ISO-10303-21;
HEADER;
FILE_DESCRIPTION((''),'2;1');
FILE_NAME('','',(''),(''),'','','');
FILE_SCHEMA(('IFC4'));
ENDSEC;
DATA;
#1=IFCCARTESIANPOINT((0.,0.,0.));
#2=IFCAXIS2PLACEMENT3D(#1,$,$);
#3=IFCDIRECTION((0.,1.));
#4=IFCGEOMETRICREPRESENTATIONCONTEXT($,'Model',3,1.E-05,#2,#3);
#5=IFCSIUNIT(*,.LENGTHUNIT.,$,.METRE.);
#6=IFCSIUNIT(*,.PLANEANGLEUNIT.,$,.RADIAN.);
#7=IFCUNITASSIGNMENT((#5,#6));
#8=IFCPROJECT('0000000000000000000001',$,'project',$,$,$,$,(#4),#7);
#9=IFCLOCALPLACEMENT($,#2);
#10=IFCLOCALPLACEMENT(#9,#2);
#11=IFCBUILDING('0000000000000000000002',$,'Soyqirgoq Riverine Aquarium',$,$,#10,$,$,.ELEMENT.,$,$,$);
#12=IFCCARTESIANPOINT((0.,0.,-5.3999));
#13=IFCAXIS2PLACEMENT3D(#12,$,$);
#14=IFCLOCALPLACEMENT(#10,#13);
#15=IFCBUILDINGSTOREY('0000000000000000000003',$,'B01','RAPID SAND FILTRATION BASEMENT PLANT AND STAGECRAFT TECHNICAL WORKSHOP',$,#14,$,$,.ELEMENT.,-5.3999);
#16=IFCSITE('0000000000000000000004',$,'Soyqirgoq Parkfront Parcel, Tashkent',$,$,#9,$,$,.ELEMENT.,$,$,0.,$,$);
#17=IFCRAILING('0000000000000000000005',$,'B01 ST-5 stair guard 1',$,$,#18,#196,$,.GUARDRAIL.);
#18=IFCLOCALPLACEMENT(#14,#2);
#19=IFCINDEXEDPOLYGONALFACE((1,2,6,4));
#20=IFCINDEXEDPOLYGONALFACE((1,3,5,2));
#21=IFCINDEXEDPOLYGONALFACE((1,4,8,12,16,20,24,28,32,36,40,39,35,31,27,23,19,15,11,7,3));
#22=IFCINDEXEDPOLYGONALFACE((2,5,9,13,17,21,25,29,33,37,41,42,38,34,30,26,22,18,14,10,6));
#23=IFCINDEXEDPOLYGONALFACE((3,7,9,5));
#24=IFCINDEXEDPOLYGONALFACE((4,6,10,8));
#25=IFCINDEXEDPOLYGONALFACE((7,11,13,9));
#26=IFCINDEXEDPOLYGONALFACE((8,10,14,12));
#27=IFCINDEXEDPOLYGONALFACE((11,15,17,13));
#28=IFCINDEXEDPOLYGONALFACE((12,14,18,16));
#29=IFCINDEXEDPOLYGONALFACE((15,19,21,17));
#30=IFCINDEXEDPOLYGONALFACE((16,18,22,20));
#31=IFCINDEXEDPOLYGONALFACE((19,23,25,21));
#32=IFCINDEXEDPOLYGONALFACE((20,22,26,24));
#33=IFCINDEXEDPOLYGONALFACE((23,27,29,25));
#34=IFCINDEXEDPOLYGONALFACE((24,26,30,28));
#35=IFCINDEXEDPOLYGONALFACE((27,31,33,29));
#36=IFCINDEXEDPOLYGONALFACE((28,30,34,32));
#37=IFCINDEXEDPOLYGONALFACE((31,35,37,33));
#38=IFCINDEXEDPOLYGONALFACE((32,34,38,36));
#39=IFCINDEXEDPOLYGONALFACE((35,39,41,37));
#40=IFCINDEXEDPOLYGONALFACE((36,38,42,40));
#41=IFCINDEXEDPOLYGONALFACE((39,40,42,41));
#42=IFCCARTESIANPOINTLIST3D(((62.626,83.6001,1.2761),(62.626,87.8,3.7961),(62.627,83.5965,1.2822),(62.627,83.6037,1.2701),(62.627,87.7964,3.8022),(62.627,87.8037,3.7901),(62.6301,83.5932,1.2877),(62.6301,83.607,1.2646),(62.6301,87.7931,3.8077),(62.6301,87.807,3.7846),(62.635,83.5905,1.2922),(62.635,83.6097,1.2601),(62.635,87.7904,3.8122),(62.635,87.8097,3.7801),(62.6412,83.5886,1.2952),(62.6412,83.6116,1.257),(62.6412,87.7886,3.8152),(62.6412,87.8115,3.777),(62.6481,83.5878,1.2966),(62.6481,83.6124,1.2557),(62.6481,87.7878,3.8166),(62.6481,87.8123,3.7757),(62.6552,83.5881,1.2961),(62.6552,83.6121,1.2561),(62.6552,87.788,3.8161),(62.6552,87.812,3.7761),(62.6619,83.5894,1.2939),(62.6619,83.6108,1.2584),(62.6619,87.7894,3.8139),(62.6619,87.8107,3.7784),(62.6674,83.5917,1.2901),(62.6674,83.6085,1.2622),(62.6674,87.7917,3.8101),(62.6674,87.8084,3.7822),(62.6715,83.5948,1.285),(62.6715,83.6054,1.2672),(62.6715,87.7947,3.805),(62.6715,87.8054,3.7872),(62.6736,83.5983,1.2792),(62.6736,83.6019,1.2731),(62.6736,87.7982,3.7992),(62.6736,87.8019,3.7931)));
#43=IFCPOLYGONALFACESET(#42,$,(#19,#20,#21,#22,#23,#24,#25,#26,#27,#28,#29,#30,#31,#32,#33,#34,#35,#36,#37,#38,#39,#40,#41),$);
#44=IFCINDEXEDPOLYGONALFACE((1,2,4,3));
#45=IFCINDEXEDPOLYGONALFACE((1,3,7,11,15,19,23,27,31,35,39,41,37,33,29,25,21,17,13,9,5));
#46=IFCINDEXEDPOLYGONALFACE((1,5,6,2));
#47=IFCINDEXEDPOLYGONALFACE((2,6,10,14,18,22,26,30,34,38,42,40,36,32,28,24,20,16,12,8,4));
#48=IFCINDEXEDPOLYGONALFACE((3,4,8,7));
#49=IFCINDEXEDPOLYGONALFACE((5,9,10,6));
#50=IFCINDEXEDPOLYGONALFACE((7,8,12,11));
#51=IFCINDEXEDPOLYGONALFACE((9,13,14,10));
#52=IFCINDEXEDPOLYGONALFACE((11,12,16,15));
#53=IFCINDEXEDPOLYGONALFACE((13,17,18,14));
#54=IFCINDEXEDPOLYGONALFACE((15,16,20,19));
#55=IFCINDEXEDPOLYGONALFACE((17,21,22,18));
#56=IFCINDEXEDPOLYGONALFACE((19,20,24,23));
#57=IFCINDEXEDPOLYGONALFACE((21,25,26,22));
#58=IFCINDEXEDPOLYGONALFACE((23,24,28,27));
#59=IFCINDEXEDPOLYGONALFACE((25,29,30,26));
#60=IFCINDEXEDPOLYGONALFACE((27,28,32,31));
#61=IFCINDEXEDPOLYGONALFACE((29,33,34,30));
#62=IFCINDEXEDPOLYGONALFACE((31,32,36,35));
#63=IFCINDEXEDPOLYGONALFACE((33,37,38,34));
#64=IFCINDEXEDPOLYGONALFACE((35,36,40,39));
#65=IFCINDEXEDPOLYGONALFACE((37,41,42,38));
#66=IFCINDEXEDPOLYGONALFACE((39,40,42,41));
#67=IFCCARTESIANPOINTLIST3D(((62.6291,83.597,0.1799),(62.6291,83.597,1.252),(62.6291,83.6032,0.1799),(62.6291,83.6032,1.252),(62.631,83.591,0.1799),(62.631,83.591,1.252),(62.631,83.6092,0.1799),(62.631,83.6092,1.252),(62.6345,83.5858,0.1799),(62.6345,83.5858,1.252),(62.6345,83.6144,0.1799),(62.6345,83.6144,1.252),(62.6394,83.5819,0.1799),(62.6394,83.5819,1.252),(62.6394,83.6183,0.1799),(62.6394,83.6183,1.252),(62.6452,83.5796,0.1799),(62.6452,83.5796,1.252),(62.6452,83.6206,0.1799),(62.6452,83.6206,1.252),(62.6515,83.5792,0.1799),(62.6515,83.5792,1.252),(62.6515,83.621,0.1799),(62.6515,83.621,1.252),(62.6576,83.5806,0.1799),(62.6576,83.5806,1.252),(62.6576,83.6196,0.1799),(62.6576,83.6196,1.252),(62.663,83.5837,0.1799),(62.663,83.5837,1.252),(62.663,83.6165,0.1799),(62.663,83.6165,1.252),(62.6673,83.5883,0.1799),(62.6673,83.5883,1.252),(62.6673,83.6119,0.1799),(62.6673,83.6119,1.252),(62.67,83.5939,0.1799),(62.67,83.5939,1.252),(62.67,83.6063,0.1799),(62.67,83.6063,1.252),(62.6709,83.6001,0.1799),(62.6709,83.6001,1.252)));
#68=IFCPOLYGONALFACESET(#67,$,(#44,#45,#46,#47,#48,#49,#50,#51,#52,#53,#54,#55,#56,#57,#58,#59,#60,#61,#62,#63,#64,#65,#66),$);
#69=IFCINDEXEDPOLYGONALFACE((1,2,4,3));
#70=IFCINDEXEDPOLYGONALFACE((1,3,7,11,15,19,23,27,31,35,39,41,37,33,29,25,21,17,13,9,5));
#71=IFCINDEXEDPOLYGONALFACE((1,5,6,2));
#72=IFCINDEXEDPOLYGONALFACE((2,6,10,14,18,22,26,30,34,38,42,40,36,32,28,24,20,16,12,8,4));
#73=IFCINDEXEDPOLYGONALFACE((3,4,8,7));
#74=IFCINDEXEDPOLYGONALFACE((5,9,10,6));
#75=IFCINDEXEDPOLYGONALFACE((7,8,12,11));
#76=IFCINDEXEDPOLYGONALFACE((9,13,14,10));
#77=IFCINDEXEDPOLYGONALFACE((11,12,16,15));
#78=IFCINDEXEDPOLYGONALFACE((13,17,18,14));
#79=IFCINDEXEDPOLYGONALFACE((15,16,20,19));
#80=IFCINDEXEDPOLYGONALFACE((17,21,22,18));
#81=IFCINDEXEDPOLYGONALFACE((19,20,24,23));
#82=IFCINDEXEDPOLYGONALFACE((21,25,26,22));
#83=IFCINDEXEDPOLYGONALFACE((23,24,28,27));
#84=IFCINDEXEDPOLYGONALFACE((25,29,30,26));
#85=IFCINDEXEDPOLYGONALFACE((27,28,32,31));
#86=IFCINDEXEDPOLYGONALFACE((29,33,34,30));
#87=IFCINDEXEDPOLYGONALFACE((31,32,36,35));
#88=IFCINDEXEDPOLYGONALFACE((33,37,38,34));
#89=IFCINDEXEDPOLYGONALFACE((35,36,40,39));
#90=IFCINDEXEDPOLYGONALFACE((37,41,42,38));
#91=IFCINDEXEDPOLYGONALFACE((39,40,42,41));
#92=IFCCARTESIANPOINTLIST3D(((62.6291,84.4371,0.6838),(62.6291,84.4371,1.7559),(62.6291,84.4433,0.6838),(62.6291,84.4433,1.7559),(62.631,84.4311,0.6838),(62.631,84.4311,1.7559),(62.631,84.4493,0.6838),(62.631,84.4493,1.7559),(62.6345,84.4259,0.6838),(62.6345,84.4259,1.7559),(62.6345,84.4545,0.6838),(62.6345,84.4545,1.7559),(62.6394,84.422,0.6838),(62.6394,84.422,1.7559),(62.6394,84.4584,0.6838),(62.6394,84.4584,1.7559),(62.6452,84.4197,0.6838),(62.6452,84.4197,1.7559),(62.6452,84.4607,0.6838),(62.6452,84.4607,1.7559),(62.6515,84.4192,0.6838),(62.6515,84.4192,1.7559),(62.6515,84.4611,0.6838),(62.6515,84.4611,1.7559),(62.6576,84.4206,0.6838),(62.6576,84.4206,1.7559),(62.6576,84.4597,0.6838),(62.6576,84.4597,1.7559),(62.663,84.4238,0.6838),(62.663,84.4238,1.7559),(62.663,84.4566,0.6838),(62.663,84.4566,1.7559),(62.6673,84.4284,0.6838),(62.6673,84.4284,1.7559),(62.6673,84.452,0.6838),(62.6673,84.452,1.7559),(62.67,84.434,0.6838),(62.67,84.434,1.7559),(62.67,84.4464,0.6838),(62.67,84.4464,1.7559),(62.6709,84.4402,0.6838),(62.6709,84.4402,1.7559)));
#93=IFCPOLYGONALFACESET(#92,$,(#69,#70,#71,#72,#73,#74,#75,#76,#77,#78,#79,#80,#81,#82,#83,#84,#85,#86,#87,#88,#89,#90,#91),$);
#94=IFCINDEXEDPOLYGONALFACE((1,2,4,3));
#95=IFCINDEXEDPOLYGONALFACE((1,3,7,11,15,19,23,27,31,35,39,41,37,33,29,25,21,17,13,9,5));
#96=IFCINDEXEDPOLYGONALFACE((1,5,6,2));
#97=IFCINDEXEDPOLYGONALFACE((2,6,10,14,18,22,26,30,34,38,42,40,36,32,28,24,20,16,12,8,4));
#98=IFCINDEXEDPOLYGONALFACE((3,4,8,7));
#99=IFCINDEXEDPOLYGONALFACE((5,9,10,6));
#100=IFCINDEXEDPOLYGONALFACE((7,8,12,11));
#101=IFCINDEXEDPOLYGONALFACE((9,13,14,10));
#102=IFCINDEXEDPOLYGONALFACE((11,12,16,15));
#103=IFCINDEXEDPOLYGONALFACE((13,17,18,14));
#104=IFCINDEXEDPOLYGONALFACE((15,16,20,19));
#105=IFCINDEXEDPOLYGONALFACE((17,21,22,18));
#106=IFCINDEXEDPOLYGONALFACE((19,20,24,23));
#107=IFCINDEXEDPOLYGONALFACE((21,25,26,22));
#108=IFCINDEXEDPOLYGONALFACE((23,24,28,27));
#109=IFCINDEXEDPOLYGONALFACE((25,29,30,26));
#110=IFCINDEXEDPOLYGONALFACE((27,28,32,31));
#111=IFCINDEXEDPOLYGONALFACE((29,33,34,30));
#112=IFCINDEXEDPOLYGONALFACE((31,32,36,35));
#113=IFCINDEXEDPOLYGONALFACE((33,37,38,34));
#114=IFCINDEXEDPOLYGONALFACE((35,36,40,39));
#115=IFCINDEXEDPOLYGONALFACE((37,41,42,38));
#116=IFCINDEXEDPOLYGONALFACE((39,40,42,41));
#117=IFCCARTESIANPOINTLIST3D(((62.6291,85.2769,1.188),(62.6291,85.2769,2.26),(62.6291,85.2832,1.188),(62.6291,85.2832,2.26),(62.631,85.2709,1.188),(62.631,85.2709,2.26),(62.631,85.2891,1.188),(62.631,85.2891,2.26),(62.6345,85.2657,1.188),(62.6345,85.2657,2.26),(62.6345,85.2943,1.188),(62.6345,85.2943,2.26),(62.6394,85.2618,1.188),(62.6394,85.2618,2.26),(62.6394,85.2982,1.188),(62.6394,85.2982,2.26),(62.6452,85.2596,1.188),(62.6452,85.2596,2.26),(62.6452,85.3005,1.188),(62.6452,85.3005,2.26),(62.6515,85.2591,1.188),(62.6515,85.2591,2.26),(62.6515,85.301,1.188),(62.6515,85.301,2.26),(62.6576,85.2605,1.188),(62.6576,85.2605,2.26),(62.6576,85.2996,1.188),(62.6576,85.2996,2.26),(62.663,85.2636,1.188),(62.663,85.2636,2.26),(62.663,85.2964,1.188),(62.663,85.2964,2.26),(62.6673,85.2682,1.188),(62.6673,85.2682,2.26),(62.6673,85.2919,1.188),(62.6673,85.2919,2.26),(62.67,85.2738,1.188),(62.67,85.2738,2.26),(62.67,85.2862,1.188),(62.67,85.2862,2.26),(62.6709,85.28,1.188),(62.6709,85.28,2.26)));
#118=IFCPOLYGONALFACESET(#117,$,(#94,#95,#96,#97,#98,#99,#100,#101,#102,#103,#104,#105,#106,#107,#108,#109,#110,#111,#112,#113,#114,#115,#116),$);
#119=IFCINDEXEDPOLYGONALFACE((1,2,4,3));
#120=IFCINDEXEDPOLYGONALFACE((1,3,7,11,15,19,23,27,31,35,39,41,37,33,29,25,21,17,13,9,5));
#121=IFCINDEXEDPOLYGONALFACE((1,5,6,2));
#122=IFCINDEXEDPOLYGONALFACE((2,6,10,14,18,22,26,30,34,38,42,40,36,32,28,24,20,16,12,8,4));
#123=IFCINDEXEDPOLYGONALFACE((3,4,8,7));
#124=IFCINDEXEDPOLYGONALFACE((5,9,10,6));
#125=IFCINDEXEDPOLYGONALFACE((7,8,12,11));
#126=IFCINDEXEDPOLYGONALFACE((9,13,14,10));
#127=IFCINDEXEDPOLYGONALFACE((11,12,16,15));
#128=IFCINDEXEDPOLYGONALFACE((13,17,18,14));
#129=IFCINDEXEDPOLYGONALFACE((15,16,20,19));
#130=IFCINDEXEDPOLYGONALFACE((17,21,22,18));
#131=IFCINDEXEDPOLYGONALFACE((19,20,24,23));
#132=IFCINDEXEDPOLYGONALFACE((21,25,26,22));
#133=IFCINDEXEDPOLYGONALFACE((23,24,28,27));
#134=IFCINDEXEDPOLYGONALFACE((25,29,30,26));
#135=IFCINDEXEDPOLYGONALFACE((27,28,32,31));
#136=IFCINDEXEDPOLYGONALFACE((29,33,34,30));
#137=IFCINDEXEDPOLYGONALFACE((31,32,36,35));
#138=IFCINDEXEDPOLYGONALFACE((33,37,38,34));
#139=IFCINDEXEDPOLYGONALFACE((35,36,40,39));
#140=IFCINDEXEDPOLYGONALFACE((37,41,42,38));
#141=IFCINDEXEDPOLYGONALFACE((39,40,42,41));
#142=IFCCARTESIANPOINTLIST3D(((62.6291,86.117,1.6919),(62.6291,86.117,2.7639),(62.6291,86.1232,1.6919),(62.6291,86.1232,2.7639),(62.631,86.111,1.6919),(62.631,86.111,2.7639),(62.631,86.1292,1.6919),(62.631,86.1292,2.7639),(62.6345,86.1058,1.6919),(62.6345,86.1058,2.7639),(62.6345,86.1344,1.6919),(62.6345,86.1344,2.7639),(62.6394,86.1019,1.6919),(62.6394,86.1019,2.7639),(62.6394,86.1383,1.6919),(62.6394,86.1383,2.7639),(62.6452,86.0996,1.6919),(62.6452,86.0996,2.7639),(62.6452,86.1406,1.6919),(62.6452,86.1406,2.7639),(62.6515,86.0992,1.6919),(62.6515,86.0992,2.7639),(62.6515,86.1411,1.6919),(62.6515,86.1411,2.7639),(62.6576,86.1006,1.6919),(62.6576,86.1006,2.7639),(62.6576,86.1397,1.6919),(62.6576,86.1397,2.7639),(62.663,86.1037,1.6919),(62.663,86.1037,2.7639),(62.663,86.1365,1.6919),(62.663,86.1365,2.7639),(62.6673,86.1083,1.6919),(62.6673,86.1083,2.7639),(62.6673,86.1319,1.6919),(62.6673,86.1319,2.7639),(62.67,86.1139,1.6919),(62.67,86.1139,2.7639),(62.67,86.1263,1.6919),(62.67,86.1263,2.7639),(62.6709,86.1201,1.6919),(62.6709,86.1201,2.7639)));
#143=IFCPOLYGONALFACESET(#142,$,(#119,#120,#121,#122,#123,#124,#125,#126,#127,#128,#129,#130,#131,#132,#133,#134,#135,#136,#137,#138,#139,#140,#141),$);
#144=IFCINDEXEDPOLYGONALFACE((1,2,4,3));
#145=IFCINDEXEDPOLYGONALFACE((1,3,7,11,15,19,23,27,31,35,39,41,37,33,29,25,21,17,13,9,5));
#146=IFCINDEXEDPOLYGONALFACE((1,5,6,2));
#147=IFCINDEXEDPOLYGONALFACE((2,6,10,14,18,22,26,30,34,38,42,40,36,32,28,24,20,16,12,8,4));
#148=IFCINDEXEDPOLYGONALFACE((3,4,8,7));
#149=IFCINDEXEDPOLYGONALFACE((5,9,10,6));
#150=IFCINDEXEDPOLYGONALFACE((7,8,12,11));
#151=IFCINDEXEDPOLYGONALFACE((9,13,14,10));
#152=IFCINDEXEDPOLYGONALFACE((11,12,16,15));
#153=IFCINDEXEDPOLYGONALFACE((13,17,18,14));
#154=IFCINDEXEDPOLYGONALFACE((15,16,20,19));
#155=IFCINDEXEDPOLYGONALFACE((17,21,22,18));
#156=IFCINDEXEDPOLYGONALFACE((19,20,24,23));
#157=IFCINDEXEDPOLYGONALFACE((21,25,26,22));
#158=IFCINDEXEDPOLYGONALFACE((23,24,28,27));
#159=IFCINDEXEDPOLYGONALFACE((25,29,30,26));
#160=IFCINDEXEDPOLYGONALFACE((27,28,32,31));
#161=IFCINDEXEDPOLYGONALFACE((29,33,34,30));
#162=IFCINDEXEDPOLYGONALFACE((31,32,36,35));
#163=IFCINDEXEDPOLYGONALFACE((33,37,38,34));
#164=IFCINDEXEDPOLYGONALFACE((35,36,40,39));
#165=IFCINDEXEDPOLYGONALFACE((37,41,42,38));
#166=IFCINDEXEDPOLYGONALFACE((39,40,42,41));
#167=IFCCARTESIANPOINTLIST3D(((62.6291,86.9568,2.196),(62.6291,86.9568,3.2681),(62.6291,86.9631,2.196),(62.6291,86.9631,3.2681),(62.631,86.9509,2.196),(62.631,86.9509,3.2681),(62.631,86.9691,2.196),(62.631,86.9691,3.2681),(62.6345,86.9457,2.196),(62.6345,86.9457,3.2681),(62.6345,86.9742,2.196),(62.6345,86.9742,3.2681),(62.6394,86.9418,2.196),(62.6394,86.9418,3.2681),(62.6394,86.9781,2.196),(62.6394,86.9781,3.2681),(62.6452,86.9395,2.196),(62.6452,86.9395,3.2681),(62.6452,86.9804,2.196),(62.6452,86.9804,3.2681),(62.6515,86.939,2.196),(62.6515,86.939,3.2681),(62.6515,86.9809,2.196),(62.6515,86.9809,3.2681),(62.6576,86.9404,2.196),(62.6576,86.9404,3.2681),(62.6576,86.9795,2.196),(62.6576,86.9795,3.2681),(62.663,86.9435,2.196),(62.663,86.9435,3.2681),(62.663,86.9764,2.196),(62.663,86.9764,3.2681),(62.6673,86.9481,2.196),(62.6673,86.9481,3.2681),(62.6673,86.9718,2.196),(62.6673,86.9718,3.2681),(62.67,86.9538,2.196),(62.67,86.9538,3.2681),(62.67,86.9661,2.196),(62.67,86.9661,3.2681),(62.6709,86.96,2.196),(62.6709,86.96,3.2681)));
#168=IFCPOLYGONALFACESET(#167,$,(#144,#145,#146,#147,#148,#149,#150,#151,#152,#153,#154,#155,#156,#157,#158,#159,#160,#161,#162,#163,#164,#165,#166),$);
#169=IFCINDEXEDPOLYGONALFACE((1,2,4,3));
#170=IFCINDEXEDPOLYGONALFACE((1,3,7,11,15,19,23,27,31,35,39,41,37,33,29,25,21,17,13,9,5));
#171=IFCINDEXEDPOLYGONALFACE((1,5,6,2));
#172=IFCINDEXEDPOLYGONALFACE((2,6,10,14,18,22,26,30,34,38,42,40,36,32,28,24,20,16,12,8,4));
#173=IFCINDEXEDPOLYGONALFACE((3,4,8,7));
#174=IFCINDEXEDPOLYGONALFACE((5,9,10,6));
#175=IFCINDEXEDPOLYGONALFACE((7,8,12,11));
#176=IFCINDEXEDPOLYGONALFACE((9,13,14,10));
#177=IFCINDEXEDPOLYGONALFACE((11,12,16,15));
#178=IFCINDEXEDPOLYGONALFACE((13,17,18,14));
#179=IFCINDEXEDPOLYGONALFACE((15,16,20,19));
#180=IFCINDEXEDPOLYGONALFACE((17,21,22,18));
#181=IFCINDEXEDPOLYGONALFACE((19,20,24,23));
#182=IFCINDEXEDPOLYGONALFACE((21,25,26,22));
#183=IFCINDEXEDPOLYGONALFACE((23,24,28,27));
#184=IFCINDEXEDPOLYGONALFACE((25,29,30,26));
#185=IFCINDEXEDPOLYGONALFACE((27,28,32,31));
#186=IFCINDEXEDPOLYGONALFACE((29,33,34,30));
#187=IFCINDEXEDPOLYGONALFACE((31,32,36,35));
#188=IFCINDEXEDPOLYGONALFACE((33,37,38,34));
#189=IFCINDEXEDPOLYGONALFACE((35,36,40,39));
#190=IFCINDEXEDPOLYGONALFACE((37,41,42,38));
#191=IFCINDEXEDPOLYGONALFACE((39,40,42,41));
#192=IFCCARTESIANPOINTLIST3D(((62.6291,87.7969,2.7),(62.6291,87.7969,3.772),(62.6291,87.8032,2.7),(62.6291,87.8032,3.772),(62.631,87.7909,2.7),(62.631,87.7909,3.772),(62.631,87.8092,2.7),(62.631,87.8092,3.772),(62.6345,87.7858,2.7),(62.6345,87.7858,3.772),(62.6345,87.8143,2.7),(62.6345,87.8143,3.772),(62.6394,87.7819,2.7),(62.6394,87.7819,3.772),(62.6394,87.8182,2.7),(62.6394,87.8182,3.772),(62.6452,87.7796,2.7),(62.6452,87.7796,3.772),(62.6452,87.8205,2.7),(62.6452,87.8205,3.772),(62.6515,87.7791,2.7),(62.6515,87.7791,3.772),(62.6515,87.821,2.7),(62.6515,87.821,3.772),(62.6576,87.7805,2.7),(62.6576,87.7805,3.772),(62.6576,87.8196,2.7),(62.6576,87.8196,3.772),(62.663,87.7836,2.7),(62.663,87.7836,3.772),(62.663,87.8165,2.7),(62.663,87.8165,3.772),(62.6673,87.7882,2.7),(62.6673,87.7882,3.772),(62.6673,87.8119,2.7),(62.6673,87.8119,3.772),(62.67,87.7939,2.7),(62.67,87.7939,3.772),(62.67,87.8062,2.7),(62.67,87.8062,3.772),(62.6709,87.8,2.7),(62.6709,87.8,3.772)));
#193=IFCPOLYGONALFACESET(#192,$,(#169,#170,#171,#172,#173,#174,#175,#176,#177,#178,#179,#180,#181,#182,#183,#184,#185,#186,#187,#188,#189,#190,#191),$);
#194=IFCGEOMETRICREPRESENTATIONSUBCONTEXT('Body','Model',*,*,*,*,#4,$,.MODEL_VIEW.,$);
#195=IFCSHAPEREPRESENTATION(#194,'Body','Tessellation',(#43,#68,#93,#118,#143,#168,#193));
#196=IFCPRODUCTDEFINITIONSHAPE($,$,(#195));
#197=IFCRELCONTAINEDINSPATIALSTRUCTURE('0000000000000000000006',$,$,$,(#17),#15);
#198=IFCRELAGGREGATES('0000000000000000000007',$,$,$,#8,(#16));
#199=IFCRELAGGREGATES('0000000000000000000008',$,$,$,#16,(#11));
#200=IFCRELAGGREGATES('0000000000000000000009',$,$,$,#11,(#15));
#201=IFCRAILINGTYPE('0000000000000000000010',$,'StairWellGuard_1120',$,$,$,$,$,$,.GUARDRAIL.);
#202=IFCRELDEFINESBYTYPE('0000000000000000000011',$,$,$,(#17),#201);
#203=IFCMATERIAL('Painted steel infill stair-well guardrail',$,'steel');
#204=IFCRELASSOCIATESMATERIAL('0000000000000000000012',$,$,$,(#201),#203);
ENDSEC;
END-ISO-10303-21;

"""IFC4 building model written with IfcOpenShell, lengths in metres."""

from ifc_helpers import new_model, si_unit, direction, frame, origin, origin_2d, place, context, subcontext, project, spatial, circle, extrude, material, type_object, element, save


model = new_model("IFC4")

# Units and contexts
model_context = context("Model", 3, precision=1e-05, world=origin(), true_north=direction((0.0, 1.0)))
body_context = subcontext(model_context, "Body", "Model", "MODEL_VIEW")
ifc_project = project(units=[si_unit("LENGTHUNIT", "METRE"), si_unit("PLANEANGLEUNIT", "RADIAN")], contexts=[model_context])

# Site, building, storey
site_placement = place(None, origin())
site = spatial("IfcSite", under=ifc_project, at=site_placement, Name="Soyqirgoq Parkfront Parcel, Tashkent", CompositionType="ELEMENT", RefElevation=0.0)
building_placement = place(site_placement, origin())
building = spatial("IfcBuilding", under=site, at=building_placement, Name="Soyqirgoq Riverine Aquarium", CompositionType="ELEMENT")
storey_placement = place(building_placement, frame((0.0, 0.0, -5.3999)))
storey = spatial("IfcBuildingStorey", under=building, at=storey_placement, Name="B01", Description="RAPID SAND FILTRATION BASEMENT PLANT AND STAGECRAFT TECHNICAL WORKSHOP", CompositionType="ELEMENT", Elevation=-5.3999)

# Railing
ifc_material_1 = material(Name="Painted steel infill stair-well guardrail", Category="steel")
railing_type_1 = type_object("IfcRailingType", Name="StairWellGuard_1120", PredefinedType="GUARDRAIL", material=ifc_material_1)
railing_1_placement = place(storey_placement, frame((62.6499, 83.6001, 0.1799)))
element("IfcRailing", 1, at=railing_1_placement, inside=storey, type_object=railing_type_1, Name="B01 ST-5 stair guard 1", PredefinedType="GUARDRAIL", context=body_context, shape_type="SweptSolid", body=[
    extrude(circle(Radius=0.0239, at=origin_2d()), frame((0.0, 0.0, 1.0962), z_axis=(0.0, 0.857489, 0.514503), x_axis=(-1.0, 0.0, 0.0)), (0.0, 0.0, 1.0), 4.8979),
    extrude(circle(Radius=0.021, at=origin_2d()), origin(), (0.0, 0.0, 1.0), 1.072),
    extrude(circle(Radius=0.021, at=origin_2d()), frame((0.0, 0.8401, 0.5039)), (0.0, 0.0, 1.0), 1.072),
    extrude(circle(Radius=0.021, at=origin_2d()), frame((0.0, 1.6799, 1.0081)), (0.0, 0.0, 1.0), 1.072),
    extrude(circle(Radius=0.021, at=origin_2d()), frame((0.0, 2.52, 1.512)), (0.0, 0.0, 1.0), 1.072),
    extrude(circle(Radius=0.021, at=origin_2d()), frame((0.0, 3.3599, 2.0161)), (0.0, 0.0, 1.0), 1.072),
    extrude(circle(Radius=0.021, at=origin_2d()), frame((0.0, 4.2, 2.52)), (0.0, 0.0, 1.0), 1.072),
])

save(model, "model.ifc")
